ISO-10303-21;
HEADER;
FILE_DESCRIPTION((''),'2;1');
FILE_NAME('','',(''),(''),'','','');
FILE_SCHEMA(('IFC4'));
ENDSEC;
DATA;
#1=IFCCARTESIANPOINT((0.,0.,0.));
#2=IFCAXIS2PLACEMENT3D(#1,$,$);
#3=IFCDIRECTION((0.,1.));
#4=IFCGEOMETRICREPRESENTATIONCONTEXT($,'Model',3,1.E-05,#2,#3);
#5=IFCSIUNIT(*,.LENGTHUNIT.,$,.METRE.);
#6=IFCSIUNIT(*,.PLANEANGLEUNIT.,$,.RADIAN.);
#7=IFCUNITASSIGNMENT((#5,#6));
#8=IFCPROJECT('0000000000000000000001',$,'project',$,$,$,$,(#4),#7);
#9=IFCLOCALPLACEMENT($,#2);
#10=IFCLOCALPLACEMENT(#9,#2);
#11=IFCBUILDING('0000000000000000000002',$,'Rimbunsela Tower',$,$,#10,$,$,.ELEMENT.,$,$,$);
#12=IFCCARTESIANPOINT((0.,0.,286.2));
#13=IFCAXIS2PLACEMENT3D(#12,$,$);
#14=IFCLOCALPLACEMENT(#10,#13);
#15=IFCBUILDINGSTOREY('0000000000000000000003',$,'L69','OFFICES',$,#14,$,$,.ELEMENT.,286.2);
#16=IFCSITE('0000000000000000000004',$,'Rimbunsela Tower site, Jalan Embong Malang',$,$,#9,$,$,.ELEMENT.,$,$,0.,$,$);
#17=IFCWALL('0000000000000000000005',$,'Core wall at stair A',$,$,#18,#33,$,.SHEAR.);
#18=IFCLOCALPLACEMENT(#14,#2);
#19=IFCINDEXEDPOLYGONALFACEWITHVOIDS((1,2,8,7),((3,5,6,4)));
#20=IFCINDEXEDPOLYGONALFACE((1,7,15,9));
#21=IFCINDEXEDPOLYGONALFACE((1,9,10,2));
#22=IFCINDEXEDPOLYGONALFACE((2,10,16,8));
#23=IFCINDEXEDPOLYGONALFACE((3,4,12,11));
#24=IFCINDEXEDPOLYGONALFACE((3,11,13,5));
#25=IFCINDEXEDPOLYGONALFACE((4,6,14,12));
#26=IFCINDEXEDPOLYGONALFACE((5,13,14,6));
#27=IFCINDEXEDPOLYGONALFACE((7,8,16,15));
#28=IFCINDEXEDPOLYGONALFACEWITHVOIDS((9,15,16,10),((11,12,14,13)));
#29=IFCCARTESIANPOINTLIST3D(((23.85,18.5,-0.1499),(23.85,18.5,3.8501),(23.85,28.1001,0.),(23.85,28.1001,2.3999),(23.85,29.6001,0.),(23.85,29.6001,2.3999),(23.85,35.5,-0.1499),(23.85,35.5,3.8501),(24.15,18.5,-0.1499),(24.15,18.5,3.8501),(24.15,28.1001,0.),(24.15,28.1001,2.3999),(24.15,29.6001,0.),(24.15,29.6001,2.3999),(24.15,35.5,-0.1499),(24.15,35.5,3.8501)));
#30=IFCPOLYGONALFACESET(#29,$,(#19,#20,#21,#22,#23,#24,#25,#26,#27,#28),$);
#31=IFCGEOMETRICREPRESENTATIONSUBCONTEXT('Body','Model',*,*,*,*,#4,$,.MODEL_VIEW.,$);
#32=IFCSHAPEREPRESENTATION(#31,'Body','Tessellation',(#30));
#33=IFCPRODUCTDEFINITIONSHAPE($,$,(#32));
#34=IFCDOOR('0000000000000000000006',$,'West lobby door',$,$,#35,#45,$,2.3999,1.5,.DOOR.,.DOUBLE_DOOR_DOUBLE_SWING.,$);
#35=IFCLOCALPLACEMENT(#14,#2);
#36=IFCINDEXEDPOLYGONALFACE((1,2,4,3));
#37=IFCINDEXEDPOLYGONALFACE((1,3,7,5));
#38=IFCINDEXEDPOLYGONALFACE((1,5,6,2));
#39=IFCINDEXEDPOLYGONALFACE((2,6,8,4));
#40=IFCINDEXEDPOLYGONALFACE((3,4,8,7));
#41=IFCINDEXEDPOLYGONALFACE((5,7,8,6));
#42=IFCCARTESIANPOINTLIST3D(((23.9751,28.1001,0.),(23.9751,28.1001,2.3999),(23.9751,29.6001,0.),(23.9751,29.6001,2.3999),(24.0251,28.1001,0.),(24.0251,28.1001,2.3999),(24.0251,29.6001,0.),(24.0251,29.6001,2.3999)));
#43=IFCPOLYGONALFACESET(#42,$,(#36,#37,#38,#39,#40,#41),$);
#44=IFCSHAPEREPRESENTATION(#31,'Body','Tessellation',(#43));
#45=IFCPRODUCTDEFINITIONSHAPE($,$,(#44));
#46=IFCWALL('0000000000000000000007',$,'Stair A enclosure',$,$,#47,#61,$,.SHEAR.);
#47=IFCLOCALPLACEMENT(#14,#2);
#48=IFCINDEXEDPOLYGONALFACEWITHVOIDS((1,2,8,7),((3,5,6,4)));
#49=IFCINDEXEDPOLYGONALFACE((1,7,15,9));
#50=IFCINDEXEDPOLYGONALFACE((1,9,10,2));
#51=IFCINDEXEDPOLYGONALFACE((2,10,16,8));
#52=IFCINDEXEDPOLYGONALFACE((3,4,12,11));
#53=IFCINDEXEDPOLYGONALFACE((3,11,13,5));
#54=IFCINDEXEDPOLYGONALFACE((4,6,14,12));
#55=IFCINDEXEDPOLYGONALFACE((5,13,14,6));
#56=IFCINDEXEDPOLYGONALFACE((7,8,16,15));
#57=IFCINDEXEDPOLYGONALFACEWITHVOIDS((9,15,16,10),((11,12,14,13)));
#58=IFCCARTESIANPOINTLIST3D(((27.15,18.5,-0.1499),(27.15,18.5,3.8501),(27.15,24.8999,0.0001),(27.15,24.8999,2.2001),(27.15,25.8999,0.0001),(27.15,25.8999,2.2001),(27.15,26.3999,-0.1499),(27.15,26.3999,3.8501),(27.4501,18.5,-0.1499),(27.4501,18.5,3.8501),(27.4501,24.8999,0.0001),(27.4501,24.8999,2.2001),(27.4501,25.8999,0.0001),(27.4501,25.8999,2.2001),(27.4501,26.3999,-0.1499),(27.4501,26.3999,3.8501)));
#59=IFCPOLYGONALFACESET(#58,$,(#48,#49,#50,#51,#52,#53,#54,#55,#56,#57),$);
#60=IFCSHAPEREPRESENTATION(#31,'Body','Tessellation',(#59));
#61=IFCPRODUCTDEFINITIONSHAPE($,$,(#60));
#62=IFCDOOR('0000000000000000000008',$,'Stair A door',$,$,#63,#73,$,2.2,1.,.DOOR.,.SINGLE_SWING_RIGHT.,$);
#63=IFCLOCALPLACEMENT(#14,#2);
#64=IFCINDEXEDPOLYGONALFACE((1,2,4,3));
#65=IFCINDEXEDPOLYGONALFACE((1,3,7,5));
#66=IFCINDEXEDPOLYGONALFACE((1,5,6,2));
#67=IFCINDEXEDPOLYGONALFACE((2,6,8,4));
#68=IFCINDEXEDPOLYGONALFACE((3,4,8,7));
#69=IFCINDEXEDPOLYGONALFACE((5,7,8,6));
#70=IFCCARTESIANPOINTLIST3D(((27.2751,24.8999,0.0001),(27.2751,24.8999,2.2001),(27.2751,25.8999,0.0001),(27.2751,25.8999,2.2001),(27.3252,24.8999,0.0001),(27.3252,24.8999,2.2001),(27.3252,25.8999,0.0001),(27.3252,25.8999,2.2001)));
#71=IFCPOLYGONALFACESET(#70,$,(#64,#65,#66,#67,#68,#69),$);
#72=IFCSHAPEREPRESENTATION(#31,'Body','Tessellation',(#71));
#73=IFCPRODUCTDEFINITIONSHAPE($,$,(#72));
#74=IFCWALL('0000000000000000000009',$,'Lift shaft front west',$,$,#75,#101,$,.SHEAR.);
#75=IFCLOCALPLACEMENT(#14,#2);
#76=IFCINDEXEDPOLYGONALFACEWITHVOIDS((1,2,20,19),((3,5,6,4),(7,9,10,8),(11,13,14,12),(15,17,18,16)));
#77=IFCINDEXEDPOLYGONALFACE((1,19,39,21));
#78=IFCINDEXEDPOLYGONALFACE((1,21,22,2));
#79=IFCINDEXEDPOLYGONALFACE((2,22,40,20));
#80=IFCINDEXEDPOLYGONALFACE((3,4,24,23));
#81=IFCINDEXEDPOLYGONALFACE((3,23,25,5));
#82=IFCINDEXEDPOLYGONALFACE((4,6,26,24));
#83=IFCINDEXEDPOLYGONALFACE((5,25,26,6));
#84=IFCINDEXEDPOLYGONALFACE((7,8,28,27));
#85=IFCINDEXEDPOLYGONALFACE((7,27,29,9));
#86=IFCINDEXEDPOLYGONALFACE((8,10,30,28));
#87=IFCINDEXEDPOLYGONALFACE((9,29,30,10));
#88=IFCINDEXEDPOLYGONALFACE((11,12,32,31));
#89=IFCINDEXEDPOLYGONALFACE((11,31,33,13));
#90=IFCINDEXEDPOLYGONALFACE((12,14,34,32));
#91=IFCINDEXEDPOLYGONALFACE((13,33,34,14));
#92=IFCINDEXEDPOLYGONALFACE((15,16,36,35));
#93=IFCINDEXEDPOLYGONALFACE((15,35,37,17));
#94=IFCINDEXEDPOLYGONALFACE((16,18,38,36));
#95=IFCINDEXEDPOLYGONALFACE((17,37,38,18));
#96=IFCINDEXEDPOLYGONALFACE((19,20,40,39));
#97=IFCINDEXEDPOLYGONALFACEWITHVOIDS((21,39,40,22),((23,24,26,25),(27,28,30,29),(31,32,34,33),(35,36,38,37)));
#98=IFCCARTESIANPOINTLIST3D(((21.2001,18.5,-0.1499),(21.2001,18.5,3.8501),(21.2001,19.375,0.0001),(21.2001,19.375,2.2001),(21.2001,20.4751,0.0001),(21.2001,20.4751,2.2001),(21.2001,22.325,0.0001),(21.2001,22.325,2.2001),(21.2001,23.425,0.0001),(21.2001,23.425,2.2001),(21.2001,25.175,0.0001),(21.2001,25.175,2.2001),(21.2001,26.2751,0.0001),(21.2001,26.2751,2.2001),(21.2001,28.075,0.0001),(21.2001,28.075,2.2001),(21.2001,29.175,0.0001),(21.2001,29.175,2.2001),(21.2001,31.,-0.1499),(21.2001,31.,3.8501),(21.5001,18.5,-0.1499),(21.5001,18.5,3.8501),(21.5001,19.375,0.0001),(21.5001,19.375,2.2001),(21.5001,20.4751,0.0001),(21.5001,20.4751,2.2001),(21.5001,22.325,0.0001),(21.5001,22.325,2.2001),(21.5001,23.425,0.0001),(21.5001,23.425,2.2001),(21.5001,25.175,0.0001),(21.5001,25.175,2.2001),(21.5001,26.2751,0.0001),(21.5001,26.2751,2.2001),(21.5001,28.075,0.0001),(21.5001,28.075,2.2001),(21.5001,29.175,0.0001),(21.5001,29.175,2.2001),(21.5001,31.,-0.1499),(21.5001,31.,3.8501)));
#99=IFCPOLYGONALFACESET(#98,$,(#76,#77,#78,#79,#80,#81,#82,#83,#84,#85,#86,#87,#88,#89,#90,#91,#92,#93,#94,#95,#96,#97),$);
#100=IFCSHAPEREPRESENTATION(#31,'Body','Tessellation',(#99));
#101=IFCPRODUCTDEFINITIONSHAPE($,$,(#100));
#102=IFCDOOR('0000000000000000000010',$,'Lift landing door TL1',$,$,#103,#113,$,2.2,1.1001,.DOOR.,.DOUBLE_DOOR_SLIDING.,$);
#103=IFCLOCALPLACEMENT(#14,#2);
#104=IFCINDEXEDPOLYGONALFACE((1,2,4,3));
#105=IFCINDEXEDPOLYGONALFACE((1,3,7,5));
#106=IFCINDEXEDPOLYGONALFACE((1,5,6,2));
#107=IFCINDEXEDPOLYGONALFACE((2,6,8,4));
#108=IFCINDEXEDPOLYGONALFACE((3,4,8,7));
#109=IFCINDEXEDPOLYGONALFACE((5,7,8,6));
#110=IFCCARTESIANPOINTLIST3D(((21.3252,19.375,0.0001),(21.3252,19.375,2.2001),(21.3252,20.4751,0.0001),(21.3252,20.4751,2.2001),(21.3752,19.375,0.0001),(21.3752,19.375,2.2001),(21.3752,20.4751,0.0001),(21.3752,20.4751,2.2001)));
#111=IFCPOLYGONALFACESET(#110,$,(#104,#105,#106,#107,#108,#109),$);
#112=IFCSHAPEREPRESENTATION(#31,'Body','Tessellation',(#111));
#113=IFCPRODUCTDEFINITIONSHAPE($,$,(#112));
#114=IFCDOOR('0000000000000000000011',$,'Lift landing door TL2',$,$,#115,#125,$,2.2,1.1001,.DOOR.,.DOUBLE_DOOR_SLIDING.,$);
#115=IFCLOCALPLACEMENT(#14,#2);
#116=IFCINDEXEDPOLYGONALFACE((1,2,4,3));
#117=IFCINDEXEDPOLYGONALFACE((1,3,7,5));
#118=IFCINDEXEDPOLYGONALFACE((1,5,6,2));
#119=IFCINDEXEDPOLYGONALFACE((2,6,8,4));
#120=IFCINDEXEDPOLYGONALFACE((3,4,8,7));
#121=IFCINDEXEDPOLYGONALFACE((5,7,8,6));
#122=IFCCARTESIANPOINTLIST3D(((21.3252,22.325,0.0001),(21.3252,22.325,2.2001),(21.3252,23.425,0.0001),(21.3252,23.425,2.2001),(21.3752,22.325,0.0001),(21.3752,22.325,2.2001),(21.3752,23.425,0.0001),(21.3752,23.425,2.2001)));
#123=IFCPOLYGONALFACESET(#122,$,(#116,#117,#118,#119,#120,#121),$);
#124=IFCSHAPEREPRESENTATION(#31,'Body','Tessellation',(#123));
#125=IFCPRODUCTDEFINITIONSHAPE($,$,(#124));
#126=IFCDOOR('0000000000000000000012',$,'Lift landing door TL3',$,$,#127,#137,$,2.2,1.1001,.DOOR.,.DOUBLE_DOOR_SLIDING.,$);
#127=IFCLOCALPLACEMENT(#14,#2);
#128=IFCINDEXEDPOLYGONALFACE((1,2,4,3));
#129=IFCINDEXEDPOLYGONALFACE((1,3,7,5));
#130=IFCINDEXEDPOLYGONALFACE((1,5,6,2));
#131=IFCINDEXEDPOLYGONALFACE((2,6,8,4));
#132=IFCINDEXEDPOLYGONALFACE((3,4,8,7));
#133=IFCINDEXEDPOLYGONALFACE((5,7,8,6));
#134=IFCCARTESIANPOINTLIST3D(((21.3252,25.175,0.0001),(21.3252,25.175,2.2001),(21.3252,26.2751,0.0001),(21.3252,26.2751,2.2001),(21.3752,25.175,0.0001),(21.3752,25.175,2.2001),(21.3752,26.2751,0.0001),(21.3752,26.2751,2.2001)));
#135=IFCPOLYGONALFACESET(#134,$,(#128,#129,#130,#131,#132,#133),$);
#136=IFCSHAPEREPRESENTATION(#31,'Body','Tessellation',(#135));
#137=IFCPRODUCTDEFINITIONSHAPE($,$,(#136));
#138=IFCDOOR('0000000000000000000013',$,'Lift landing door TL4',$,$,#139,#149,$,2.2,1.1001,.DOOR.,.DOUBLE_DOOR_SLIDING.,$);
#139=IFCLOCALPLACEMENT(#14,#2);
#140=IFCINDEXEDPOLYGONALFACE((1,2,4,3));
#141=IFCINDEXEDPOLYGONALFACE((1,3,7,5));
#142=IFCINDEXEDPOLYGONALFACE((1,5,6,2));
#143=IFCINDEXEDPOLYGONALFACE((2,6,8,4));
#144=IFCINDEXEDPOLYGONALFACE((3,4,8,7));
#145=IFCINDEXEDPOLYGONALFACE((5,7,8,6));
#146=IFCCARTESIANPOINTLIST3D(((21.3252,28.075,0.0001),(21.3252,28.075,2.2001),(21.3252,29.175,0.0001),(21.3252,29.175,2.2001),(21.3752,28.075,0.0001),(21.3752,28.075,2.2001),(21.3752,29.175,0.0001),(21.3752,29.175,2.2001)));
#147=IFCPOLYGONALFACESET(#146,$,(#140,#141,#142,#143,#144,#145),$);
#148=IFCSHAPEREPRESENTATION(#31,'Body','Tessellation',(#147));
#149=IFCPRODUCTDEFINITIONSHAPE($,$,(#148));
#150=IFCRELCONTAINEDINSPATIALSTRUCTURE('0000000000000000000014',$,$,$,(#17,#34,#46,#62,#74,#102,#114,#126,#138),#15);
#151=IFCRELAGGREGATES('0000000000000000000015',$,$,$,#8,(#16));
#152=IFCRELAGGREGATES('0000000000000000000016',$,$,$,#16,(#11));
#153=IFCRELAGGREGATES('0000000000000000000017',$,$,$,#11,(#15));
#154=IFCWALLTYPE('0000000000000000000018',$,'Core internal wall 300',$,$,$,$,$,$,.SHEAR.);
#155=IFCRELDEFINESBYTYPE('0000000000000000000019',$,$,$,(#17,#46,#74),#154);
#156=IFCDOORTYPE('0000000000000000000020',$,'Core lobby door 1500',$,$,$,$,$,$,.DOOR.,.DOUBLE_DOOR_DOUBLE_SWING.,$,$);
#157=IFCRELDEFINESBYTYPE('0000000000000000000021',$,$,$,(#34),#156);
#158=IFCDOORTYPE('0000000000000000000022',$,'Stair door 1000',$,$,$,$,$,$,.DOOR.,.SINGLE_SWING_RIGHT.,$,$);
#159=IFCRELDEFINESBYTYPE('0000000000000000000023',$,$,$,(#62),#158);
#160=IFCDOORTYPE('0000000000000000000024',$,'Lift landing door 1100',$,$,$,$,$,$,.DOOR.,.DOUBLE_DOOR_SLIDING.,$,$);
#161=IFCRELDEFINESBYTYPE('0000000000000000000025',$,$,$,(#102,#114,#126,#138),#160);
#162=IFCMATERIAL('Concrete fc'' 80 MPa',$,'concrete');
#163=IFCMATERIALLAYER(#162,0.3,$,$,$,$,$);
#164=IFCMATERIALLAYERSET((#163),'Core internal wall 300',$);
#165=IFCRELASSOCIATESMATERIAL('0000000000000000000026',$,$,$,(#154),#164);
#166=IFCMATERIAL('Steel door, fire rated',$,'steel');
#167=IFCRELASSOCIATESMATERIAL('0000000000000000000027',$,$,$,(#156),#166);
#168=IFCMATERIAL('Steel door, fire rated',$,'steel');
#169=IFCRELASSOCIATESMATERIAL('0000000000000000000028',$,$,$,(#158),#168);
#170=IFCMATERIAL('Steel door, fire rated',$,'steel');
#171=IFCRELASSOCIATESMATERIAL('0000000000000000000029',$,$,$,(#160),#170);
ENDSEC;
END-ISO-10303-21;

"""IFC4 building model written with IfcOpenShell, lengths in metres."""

from ifc_helpers import new_model, si_unit, direction, frame, frame_2d, origin, place, context, subcontext, project, spatial, rectangle, extrude, material, layer, layer_set, type_object, element, fill, save


model = new_model("IFC4")

# Units and contexts
model_context = context("Model", 3, precision=1e-05, world=origin(), true_north=direction((0.0, 1.0)))
body_context = subcontext(model_context, "Body", "Model", "MODEL_VIEW")
ifc_project = project(units=[si_unit("LENGTHUNIT", "METRE"), si_unit("PLANEANGLEUNIT", "RADIAN")], contexts=[model_context])

# Site, building, storey
site_placement = place(None, origin())
site = spatial("IfcSite", under=ifc_project, at=site_placement, Name="Rimbunsela Tower site, Jalan Embong Malang", CompositionType="ELEMENT", RefElevation=0.0)
building_placement = place(site_placement, origin())
building = spatial("IfcBuilding", under=site, at=building_placement, Name="Rimbunsela Tower", CompositionType="ELEMENT")
storey_placement = place(building_placement, frame((0.0, 0.0, 286.2)))
storey = spatial("IfcBuildingStorey", under=building, at=storey_placement, Name="L69", Description="OFFICES", CompositionType="ELEMENT", Elevation=286.2)

# Walls, openings, doors
ifc_material_1 = material(Name="Concrete fc' 80 MPa", Category="concrete")
ifc_layer_1 = layer(ifc_material_1, 0.3)
ifc_layer_set_1 = layer_set([ifc_layer_1], Name="Core internal wall 300")
wall_type_1 = type_object("IfcWallType", Name="Core internal wall 300", PredefinedType="SHEAR", material=ifc_layer_set_1)
wall_1_placement = place(storey_placement, frame((24.0, 18.5, -0.1499), z_axis=(0.0, 0.0, 1.0), x_axis=(0.0, 1.0, 0.0)))
wall_1 = element("IfcWall", 1, at=wall_1_placement, inside=storey, type_object=wall_type_1, Name="Core wall at stair A", PredefinedType="SHEAR", context=body_context, shape_type="SweptSolid", body=[
    extrude(rectangle(XDim=17.0, YDim=0.3, at=frame_2d((8.5, 0.0))), origin(), (0.0, 0.0, 1.0), 4.0),
])
opening_1_placement = place(wall_1_placement, frame((9.6001, 0.0, 0.1499)))
opening_1 = element("IfcOpeningElement", 2, at=opening_1_placement, cuts=wall_1, PredefinedType="OPENING", context=body_context, shape_type="SweptSolid", body=[
    extrude(rectangle(XDim=1.5, YDim=2.3999, at=frame_2d((0.75, 1.2))), frame((0.0, 0.1599, 0.0), z_axis=(0.0, -1.0, 0.0), x_axis=(1.0, 0.0, 0.0)), (0.0, 0.0, 1.0), 0.3201),
])
ifc_material_2 = material(Name="Steel door, fire rated", Category="steel")
door_type_1 = type_object("IfcDoorType", Name="Core lobby door 1500", OperationType="DOUBLE_DOOR_DOUBLE_SWING", PredefinedType="DOOR", material=ifc_material_2)
door_1_placement = place(opening_1_placement, origin())
door_1 = element("IfcDoor", 3, at=door_1_placement, inside=storey, type_object=door_type_1, Name="West lobby door", OperationType="DOUBLE_DOOR_DOUBLE_SWING", OverallHeight=2.3999, OverallWidth=1.5, PredefinedType="DOOR", context=body_context, shape_type="SweptSolid", body=[
    extrude(rectangle(XDim=1.5, YDim=2.3999, at=frame_2d((0.75, 1.2))), frame((0.0, 0.0249, 0.0), z_axis=(0.0, -1.0, 0.0), x_axis=(1.0, 0.0, 0.0)), (0.0, 0.0, 1.0), 0.05),
])
fill(opening_1, door_1)
wall_2_placement = place(storey_placement, frame((27.3, 18.5, -0.1499), z_axis=(0.0, 0.0, 1.0), x_axis=(0.0, 1.0, 0.0)))
wall_2 = element("IfcWall", 4, at=wall_2_placement, inside=storey, type_object=wall_type_1, Name="Stair A enclosure", PredefinedType="SHEAR", context=body_context, shape_type="SweptSolid", body=[
    extrude(rectangle(XDim=7.8999, YDim=0.3, at=frame_2d((3.95, 0.0))), origin(), (0.0, 0.0, 1.0), 4.0),
])
opening_2_placement = place(wall_2_placement, frame((6.3999, 0.0, 0.1499)))
opening_2 = element("IfcOpeningElement", 5, at=opening_2_placement, cuts=wall_2, PredefinedType="OPENING", context=body_context, shape_type="SweptSolid", body=[
    extrude(rectangle(XDim=1.0, YDim=2.2, at=frame_2d((0.5, 1.1001))), frame((0.0, 0.1599, 0.0), z_axis=(0.0, -1.0, 0.0), x_axis=(1.0, 0.0, 0.0)), (0.0, 0.0, 1.0), 0.3201),
])
ifc_material_3 = material(Name="Steel door, fire rated", Category="steel")
door_type_2 = type_object("IfcDoorType", Name="Stair door 1000", OperationType="SINGLE_SWING_RIGHT", PredefinedType="DOOR", material=ifc_material_3)
door_2_placement = place(opening_2_placement, origin())
door_2 = element("IfcDoor", 6, at=door_2_placement, inside=storey, type_object=door_type_2, Name="Stair A door", OperationType="SINGLE_SWING_RIGHT", OverallHeight=2.2, OverallWidth=1.0, PredefinedType="DOOR", context=body_context, shape_type="SweptSolid", body=[
    extrude(rectangle(XDim=1.0, YDim=2.2, at=frame_2d((0.5, 1.1001))), frame((0.0, 0.0249, 0.0), z_axis=(0.0, -1.0, 0.0), x_axis=(1.0, 0.0, 0.0)), (0.0, 0.0, 1.0), 0.05),
])
fill(opening_2, door_2)

# Wall, openings, doors
wall_3_placement = place(storey_placement, frame((21.3501, 18.5, -0.1499), z_axis=(0.0, 0.0, 1.0), x_axis=(0.0, 1.0, 0.0)))
wall_3 = element("IfcWall", 7, at=wall_3_placement, inside=storey, type_object=wall_type_1, Name="Lift shaft front west", PredefinedType="SHEAR", context=body_context, shape_type="SweptSolid", body=[
    extrude(rectangle(XDim=12.5, YDim=0.3, at=frame_2d((6.25, 0.0))), origin(), (0.0, 0.0, 1.0), 4.0),
])
opening_3_placement = place(wall_3_placement, frame((0.875, 0.0, 0.1499)))
opening_3 = element("IfcOpeningElement", 8, at=opening_3_placement, cuts=wall_3, PredefinedType="OPENING", context=body_context, shape_type="SweptSolid", body=[
    extrude(rectangle(XDim=1.1001, YDim=2.2, at=frame_2d((0.55, 1.1001))), frame((0.0, 0.1599, 0.0), z_axis=(0.0, -1.0, 0.0), x_axis=(1.0, 0.0, 0.0)), (0.0, 0.0, 1.0), 0.3201),
])
opening_4_placement = place(wall_3_placement, frame((3.825, 0.0, 0.1499)))
opening_4 = element("IfcOpeningElement", 9, at=opening_4_placement, cuts=wall_3, PredefinedType="OPENING", context=body_context, shape_type="SweptSolid", body=[
    extrude(rectangle(XDim=1.1001, YDim=2.2, at=frame_2d((0.55, 1.1001))), frame((0.0, 0.1599, 0.0), z_axis=(0.0, -1.0, 0.0), x_axis=(1.0, 0.0, 0.0)), (0.0, 0.0, 1.0), 0.3201),
])
opening_5_placement = place(wall_3_placement, frame((6.675, 0.0, 0.1499)))
opening_5 = element("IfcOpeningElement", 10, at=opening_5_placement, cuts=wall_3, PredefinedType="OPENING", context=body_context, shape_type="SweptSolid", body=[
    extrude(rectangle(XDim=1.1001, YDim=2.2, at=frame_2d((0.55, 1.1001))), frame((0.0, 0.1599, 0.0), z_axis=(0.0, -1.0, 0.0), x_axis=(1.0, 0.0, 0.0)), (0.0, 0.0, 1.0), 0.3201),
])
opening_6_placement = place(wall_3_placement, frame((9.575, 0.0, 0.1499)))
opening_6 = element("IfcOpeningElement", 11, at=opening_6_placement, cuts=wall_3, PredefinedType="OPENING", context=body_context, shape_type="SweptSolid", body=[
    extrude(rectangle(XDim=1.1001, YDim=2.2, at=frame_2d((0.55, 1.1001))), frame((0.0, 0.1599, 0.0), z_axis=(0.0, -1.0, 0.0), x_axis=(1.0, 0.0, 0.0)), (0.0, 0.0, 1.0), 0.3201),
])
ifc_material_4 = material(Name="Steel door, fire rated", Category="steel")
door_type_3 = type_object("IfcDoorType", Name="Lift landing door 1100", OperationType="DOUBLE_DOOR_SLIDING", PredefinedType="DOOR", material=ifc_material_4)
door_3_placement = place(opening_3_placement, origin())
door_3 = element("IfcDoor", 12, at=door_3_placement, inside=storey, type_object=door_type_3, Name="Lift landing door TL1", OperationType="DOUBLE_DOOR_SLIDING", OverallHeight=2.2, OverallWidth=1.1001, PredefinedType="DOOR", context=body_context, shape_type="SweptSolid", body=[
    extrude(rectangle(XDim=1.1001, YDim=2.2, at=frame_2d((0.55, 1.1001))), frame((0.0, 0.0249, 0.0), z_axis=(0.0, -1.0, 0.0), x_axis=(1.0, 0.0, 0.0)), (0.0, 0.0, 1.0), 0.05),
])
fill(opening_3, door_3)
door_4_placement = place(opening_4_placement, origin())
door_4 = element("IfcDoor", 13, at=door_4_placement, inside=storey, type_object=door_type_3, Name="Lift landing door TL2", OperationType="DOUBLE_DOOR_SLIDING", OverallHeight=2.2, OverallWidth=1.1001, PredefinedType="DOOR", context=body_context, shape_type="SweptSolid", body=[
    extrude(rectangle(XDim=1.1001, YDim=2.2, at=frame_2d((0.55, 1.1001))), frame((0.0, 0.0249, 0.0), z_axis=(0.0, -1.0, 0.0), x_axis=(1.0, 0.0, 0.0)), (0.0, 0.0, 1.0), 0.05),
])
fill(opening_4, door_4)
door_5_placement = place(opening_5_placement, origin())
door_5 = element("IfcDoor", 14, at=door_5_placement, inside=storey, type_object=door_type_3, Name="Lift landing door TL3", OperationType="DOUBLE_DOOR_SLIDING", OverallHeight=2.2, OverallWidth=1.1001, PredefinedType="DOOR", context=body_context, shape_type="SweptSolid", body=[
    extrude(rectangle(XDim=1.1001, YDim=2.2, at=frame_2d((0.55, 1.1001))), frame((0.0, 0.0249, 0.0), z_axis=(0.0, -1.0, 0.0), x_axis=(1.0, 0.0, 0.0)), (0.0, 0.0, 1.0), 0.05),
])
fill(opening_5, door_5)
door_6_placement = place(opening_6_placement, origin())
door_6 = element("IfcDoor", 15, at=door_6_placement, inside=storey, type_object=door_type_3, Name="Lift landing door TL4", OperationType="DOUBLE_DOOR_SLIDING", OverallHeight=2.2, OverallWidth=1.1001, PredefinedType="DOOR", context=body_context, shape_type="SweptSolid", body=[
    extrude(rectangle(XDim=1.1001, YDim=2.2, at=frame_2d((0.55, 1.1001))), frame((0.0, 0.0249, 0.0), z_axis=(0.0, -1.0, 0.0), x_axis=(1.0, 0.0, 0.0)), (0.0, 0.0, 1.0), 0.05),
])
fill(opening_6, door_6)

save(model, "model.ifc")
